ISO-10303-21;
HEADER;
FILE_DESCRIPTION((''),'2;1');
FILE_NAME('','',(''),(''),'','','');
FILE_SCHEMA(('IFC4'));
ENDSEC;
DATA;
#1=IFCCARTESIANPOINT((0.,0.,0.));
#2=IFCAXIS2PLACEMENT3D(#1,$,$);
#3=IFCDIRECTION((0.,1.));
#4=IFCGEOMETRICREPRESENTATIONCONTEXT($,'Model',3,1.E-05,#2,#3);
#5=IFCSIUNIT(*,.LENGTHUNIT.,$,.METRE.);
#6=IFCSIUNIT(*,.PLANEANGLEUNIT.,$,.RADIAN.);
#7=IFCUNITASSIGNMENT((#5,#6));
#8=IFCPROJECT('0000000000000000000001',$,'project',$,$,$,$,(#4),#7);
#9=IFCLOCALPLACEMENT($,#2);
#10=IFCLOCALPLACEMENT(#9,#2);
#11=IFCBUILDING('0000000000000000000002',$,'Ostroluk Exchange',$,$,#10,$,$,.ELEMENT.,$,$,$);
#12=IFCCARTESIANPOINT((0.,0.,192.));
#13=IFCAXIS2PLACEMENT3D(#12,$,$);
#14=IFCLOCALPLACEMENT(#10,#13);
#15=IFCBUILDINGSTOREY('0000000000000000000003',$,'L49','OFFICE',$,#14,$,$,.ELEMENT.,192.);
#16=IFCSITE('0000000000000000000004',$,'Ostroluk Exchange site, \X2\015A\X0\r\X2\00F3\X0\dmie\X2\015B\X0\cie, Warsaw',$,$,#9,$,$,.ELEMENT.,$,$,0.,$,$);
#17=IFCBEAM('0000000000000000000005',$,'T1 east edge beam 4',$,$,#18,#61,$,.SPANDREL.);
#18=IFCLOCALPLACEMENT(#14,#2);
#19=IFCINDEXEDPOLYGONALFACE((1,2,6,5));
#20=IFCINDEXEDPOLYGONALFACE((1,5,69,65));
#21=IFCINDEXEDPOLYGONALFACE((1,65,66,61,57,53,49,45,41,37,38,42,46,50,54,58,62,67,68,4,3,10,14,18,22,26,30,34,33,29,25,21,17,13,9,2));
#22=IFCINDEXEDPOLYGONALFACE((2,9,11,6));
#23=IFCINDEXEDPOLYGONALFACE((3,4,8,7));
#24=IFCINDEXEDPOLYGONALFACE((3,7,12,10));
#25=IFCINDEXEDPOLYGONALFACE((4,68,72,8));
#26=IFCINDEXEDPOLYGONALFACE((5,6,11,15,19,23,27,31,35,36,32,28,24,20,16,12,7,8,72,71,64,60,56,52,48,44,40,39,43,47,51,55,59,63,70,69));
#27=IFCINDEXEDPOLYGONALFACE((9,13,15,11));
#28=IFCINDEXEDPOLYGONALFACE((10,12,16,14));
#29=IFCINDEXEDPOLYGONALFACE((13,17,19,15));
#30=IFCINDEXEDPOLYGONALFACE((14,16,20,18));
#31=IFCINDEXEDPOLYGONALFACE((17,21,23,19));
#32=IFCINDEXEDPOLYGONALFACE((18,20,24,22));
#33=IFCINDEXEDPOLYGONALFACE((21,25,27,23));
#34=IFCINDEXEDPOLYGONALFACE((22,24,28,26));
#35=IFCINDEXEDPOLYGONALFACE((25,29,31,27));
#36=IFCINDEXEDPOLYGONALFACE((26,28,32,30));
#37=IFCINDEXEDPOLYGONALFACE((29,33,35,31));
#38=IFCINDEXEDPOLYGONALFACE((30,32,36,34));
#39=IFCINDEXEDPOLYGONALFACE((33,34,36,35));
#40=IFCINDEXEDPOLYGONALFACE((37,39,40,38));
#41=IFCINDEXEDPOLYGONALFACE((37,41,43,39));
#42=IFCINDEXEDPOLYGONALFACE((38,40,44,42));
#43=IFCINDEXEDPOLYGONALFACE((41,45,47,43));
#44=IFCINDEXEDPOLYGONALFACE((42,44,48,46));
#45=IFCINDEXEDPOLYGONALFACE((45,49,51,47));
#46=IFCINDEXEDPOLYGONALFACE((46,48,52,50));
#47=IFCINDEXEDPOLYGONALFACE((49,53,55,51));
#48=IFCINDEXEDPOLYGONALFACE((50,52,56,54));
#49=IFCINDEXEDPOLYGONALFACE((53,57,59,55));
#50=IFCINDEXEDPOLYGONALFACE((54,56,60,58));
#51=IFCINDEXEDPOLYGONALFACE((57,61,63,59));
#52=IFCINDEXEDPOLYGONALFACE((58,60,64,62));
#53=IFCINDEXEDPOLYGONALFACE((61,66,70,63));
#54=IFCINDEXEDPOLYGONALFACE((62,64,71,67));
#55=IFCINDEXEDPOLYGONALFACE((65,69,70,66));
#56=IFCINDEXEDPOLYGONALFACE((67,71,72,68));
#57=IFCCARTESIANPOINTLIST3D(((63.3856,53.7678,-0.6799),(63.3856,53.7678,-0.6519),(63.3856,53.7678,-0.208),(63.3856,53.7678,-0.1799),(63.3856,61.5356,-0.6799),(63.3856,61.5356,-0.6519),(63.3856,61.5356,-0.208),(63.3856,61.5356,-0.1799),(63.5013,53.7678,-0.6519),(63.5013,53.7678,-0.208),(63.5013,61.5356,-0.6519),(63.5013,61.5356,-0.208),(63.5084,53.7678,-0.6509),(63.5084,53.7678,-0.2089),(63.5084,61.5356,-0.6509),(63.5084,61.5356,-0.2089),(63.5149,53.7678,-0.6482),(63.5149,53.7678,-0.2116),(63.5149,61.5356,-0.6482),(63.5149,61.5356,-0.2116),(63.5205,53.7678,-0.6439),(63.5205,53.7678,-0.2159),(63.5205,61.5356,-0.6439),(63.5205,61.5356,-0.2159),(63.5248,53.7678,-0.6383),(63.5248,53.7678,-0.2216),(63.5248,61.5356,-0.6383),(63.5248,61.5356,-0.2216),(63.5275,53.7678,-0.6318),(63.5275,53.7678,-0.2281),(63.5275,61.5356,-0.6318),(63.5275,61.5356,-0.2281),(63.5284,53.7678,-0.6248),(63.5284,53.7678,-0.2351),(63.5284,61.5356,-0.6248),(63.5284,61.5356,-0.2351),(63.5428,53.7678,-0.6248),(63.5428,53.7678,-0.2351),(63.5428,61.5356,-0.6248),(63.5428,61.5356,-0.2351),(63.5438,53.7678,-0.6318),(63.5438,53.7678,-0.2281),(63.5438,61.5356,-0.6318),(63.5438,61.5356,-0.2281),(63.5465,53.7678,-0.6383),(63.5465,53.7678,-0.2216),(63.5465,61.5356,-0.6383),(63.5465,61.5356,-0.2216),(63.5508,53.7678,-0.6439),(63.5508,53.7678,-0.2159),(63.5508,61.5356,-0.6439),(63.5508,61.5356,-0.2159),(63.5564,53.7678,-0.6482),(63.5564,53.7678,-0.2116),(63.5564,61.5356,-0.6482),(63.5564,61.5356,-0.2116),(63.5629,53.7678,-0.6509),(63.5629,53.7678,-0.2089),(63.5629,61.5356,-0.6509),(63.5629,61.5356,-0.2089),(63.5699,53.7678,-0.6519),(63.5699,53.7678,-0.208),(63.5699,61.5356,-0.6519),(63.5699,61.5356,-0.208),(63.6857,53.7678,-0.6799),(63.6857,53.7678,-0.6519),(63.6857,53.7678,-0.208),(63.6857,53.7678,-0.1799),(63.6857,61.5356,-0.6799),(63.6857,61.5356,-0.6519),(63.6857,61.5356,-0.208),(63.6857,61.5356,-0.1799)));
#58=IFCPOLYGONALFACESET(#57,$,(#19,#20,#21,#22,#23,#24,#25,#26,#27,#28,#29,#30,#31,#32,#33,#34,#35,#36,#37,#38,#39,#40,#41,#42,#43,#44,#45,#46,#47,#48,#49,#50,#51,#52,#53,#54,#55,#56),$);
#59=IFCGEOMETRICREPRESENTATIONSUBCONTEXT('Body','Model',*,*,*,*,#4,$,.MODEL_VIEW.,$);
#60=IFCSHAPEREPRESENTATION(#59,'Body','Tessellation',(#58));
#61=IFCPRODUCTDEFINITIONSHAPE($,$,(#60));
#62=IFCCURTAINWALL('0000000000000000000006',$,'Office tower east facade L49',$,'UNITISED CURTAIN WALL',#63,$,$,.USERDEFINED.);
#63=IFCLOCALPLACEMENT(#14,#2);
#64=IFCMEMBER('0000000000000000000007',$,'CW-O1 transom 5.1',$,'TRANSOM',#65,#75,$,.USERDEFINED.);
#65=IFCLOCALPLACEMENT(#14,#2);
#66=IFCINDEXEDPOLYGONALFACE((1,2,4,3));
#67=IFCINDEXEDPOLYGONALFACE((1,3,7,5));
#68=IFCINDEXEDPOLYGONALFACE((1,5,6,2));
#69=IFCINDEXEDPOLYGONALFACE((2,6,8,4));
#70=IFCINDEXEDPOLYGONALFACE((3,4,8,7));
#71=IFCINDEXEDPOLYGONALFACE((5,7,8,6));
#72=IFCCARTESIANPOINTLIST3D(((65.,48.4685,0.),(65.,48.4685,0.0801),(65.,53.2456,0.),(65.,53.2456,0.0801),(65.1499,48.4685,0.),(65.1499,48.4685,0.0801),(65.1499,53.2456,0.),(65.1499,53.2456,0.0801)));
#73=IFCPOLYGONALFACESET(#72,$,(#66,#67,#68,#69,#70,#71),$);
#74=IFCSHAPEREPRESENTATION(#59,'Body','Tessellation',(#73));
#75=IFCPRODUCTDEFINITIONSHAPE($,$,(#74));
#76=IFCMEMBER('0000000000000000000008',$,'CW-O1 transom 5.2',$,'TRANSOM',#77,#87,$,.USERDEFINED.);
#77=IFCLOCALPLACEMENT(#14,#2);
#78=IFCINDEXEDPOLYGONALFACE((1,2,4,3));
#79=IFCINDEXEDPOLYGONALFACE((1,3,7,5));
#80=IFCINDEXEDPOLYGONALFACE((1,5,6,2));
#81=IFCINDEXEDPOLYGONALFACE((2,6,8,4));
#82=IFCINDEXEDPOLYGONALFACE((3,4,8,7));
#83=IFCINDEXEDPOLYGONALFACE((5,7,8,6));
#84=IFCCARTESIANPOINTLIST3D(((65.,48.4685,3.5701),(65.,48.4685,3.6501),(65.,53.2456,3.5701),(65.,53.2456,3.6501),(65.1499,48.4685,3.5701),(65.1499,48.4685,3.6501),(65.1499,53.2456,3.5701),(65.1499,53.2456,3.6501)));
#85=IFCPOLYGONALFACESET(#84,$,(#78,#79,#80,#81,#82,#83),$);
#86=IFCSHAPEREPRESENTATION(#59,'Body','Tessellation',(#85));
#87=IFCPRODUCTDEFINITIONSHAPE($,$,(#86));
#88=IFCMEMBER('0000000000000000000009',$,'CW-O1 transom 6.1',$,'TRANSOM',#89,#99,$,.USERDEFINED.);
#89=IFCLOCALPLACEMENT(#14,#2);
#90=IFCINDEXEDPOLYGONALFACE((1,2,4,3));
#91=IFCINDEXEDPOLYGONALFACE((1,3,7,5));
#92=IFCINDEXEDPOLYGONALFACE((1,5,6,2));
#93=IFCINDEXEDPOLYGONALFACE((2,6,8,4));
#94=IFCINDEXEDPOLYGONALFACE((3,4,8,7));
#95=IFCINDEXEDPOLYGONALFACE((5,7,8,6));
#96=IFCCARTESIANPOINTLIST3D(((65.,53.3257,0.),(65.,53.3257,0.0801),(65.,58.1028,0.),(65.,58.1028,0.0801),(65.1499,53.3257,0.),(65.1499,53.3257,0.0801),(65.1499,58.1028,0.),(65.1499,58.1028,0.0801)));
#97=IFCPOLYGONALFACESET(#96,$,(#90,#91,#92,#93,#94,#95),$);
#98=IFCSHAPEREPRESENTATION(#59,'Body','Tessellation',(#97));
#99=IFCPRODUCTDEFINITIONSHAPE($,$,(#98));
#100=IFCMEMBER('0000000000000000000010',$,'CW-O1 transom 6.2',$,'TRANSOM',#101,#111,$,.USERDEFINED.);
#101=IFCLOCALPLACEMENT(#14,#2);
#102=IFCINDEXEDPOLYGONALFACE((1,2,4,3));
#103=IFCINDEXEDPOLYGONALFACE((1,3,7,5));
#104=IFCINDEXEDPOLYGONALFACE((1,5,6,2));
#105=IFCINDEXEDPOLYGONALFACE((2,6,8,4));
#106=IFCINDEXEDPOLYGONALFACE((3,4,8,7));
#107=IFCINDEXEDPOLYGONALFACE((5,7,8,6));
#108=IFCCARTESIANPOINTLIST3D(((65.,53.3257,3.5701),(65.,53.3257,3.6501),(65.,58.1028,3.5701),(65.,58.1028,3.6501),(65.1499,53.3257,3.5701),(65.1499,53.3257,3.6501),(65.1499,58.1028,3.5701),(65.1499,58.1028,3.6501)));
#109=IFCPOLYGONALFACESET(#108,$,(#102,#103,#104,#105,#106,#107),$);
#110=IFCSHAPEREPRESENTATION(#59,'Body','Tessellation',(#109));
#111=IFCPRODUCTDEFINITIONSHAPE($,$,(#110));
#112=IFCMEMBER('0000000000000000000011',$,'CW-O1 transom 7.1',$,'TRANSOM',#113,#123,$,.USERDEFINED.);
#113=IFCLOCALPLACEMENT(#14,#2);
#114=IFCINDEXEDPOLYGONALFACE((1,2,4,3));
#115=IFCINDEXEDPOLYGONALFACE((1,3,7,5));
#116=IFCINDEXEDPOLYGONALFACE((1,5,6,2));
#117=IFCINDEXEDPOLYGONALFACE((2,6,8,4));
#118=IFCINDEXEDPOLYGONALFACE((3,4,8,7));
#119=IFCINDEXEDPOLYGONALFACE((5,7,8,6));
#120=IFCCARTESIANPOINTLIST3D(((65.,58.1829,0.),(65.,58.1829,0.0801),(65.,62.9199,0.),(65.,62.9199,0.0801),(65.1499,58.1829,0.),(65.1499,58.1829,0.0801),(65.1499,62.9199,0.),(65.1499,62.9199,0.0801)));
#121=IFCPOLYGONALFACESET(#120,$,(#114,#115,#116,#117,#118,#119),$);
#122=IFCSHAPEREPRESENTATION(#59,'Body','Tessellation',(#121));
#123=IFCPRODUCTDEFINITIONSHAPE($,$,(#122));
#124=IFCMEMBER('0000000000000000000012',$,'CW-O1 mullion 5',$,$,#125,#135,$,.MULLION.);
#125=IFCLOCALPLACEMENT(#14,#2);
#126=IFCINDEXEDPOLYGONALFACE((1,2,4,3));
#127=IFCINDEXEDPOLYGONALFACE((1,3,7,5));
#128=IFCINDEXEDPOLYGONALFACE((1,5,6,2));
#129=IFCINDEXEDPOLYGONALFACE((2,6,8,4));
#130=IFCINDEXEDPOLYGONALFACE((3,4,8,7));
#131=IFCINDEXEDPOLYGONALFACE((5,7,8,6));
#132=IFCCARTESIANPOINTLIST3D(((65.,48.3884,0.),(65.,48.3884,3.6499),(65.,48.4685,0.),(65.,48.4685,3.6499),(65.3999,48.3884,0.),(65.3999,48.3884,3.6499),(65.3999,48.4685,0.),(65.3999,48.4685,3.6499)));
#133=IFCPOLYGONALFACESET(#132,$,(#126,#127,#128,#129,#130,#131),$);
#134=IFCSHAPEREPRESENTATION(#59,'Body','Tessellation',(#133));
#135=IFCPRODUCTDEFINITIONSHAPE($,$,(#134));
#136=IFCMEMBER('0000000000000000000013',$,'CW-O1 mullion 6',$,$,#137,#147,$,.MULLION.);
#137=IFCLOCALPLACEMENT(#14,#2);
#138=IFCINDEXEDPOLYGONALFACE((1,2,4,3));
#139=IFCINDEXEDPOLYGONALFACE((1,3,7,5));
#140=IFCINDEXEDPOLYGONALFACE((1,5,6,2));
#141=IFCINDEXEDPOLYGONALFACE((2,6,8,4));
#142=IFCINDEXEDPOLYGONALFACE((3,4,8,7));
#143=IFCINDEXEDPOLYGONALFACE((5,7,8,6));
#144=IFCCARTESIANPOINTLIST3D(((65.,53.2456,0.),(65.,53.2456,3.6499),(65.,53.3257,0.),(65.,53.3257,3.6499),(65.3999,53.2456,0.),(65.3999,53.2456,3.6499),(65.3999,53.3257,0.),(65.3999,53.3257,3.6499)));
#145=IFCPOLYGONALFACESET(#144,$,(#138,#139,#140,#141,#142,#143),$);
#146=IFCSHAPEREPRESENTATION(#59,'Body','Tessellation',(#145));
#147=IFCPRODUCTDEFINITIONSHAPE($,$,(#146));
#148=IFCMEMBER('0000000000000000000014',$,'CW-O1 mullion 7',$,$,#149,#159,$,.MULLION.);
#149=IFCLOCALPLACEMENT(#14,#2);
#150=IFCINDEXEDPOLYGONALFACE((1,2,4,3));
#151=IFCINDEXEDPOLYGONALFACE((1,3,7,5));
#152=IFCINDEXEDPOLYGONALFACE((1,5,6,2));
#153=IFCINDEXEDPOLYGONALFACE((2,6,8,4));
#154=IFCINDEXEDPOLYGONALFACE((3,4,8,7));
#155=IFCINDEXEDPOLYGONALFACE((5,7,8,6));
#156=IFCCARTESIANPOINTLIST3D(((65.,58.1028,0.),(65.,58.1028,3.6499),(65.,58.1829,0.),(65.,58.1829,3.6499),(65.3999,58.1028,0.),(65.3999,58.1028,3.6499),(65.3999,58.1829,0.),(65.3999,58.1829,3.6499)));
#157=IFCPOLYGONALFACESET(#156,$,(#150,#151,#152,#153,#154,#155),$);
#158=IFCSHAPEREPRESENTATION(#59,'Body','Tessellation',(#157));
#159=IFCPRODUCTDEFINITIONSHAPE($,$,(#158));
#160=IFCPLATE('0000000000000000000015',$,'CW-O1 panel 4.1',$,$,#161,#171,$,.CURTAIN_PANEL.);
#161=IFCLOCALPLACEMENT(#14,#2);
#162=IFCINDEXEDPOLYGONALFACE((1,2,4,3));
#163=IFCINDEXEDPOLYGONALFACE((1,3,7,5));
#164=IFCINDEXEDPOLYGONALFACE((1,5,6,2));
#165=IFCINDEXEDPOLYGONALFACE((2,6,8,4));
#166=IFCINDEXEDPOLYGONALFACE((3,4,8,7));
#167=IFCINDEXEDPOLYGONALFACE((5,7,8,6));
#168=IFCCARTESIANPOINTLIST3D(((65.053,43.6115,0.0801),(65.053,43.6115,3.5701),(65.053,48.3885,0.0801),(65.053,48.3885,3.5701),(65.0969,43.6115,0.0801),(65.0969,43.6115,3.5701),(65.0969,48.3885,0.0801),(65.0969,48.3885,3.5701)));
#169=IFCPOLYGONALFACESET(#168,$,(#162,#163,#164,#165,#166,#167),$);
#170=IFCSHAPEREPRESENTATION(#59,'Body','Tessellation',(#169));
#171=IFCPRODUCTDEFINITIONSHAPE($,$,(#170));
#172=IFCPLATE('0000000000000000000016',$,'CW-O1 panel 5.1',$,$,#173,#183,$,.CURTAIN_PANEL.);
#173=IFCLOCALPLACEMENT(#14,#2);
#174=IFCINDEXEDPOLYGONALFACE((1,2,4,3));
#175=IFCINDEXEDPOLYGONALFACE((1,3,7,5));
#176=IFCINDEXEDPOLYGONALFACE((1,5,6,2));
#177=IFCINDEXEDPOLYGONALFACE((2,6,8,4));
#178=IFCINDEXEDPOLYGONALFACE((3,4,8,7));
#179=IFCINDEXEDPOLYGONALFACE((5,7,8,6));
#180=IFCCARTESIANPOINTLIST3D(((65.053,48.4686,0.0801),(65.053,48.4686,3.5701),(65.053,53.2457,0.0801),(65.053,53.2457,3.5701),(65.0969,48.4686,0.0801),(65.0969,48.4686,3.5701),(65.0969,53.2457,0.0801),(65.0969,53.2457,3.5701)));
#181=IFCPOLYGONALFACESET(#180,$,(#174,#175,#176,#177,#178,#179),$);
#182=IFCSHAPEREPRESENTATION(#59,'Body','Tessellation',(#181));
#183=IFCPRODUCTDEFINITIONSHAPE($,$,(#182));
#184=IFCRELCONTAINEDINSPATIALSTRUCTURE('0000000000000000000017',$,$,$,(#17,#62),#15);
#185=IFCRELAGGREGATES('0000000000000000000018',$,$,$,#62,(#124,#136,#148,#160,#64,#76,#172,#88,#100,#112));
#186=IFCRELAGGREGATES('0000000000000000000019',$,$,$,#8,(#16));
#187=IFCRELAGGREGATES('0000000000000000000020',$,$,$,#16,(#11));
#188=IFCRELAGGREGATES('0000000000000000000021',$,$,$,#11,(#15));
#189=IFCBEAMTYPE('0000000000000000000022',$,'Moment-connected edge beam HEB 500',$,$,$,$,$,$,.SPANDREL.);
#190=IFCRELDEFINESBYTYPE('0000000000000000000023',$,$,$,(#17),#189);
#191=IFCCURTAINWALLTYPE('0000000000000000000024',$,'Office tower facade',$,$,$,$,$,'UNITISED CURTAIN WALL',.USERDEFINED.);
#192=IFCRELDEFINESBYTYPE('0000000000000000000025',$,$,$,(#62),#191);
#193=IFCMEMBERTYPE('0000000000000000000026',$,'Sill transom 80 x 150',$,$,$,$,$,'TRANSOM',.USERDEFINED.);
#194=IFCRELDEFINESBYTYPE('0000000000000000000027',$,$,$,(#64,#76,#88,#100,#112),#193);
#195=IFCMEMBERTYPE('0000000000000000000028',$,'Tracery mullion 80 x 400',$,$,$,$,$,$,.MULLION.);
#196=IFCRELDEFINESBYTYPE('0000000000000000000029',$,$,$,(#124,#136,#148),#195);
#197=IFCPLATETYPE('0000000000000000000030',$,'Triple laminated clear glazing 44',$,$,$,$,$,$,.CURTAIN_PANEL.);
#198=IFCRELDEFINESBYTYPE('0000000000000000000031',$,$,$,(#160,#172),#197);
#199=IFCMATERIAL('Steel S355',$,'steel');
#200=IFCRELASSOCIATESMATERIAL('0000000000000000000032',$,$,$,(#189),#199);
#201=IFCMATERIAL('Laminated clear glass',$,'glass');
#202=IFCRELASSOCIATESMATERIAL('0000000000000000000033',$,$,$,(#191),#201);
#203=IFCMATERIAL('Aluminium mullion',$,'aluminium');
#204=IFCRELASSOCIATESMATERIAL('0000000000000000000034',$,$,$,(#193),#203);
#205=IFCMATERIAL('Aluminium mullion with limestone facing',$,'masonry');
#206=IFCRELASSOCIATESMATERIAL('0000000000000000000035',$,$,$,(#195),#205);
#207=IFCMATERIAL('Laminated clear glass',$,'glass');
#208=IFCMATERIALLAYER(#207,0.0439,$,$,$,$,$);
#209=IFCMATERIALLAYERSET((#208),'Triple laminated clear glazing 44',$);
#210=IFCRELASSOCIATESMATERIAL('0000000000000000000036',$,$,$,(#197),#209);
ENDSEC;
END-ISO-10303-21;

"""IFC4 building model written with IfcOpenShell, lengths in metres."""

from ifc_helpers import new_model, si_unit, direction, frame, origin, origin_2d, place, context, subcontext, project, spatial, rectangle, i_section, extrude, material, layer, layer_set, material_profile, profile_set, type_object, element, aggregate, save


model = new_model("IFC4")

# Units and contexts
model_context = context("Model", 3, precision=1e-05, world=origin(), true_north=direction((0.0, 1.0)))
body_context = subcontext(model_context, "Body", "Model", "MODEL_VIEW")
ifc_project = project(units=[si_unit("LENGTHUNIT", "METRE"), si_unit("PLANEANGLEUNIT", "RADIAN")], contexts=[model_context])

# Site, building, storey
site_placement = place(None, origin())
site = spatial("IfcSite", under=ifc_project, at=site_placement, Name="Ostroluk Exchange site, Śródmieście, Warsaw", CompositionType="ELEMENT", RefElevation=0.0)
building_placement = place(site_placement, origin())
building = spatial("IfcBuilding", under=site, at=building_placement, Name="Ostroluk Exchange", CompositionType="ELEMENT")
storey_placement = place(building_placement, frame((0.0, 0.0, 192.0)))
storey = spatial("IfcBuildingStorey", under=building, at=storey_placement, Name="L49", Description="OFFICE", CompositionType="ELEMENT", Elevation=192.0)

# Beam
ifc_material_1 = material(Name="Steel S355", Category="steel")
ifc_material_profile_1 = material_profile(ifc_material_1, i_section(OverallWidth=0.3, OverallDepth=0.5, WebThickness=0.0144, FlangeThickness=0.0281, FilletRadius=0.0271, at=origin_2d()), Name="HEB 500")
ifc_profile_set_1 = profile_set([ifc_material_profile_1], Name="Steel S355")
beam_type = type_object("IfcBeamType", Name="Moment-connected edge beam HEB 500", PredefinedType="SPANDREL", material=ifc_profile_set_1)
for number, where, z_axis, x_axis, name in (
    (1, (63.5356, 53.7678, -0.4299), (0.0, 1.0, 0.0), (-1.0, 0.0, 0.0), "T1 east edge beam 4"),
):
    element("IfcBeam", number, at=place(storey_placement, frame(where, z_axis=z_axis, x_axis=x_axis)), inside=storey, type_object=beam_type, Name=name, PredefinedType="SPANDREL", context=body_context, shape_type="SweptSolid", body=[
        extrude(i_section(OverallWidth=0.3, OverallDepth=0.5, WebThickness=0.0144, FlangeThickness=0.0281, FilletRadius=0.0271, at=origin_2d()), origin(), (0.0, 0.0, 1.0), 7.7678),
    ])

# Curtain wall, members, plates
ifc_material_2 = material(Name="Laminated clear glass", Category="glass")
curtain_wall_type = type_object("IfcCurtainWallType", Name="Office tower facade", ElementType="UNITISED CURTAIN WALL", PredefinedType="USERDEFINED", material=ifc_material_2)
curtain_wall_placement = place(storey_placement, origin())
curtain_wall = element("IfcCurtainWall", 2, at=curtain_wall_placement, inside=storey, type_object=curtain_wall_type, Name="Office tower east facade L49", ObjectType="UNITISED CURTAIN WALL", PredefinedType="USERDEFINED")
ifc_material_3 = material(Name="Aluminium mullion", Category="aluminium")
ifc_material_profile_2 = material_profile(ifc_material_3, rectangle(XDim=0.1499, YDim=0.0801, at=origin_2d()), Name="Sill transom 80 x 150")
ifc_profile_set_2 = profile_set([ifc_material_profile_2], Name="Aluminium mullion")
member_type_1 = type_object("IfcMemberType", Name="Sill transom 80 x 150", ElementType="TRANSOM", PredefinedType="USERDEFINED", material=ifc_profile_set_2)
member_1_placement = place(storey_placement, frame((65.075, 48.4685, 0.04), z_axis=(0.0, 1.0, 0.0), x_axis=(-1.0, 0.0, 0.0)))
member_1 = element("IfcMember", 3, at=member_1_placement, type_object=member_type_1, Name="CW-O1 transom 5.1", ObjectType="TRANSOM", PredefinedType="USERDEFINED", context=body_context, shape_type="SweptSolid", body=[
    extrude(rectangle(XDim=0.1499, YDim=0.0801, at=origin_2d()), origin(), (0.0, 0.0, 1.0), 4.7771),
])
member_2_placement = place(storey_placement, frame((65.075, 48.4685, 3.6101), z_axis=(0.0, 1.0, 0.0), x_axis=(-1.0, 0.0, 0.0)))
member_2 = element("IfcMember", 4, at=member_2_placement, type_object=member_type_1, Name="CW-O1 transom 5.2", ObjectType="TRANSOM", PredefinedType="USERDEFINED", context=body_context, shape_type="SweptSolid", body=[
    extrude(rectangle(XDim=0.1499, YDim=0.0801, at=origin_2d()), origin(), (0.0, 0.0, 1.0), 4.7771),
])
member_3_placement = place(storey_placement, frame((65.075, 53.3257, 0.04), z_axis=(0.0, 1.0, 0.0), x_axis=(-1.0, 0.0, 0.0)))
member_3 = element("IfcMember", 5, at=member_3_placement, type_object=member_type_1, Name="CW-O1 transom 6.1", ObjectType="TRANSOM", PredefinedType="USERDEFINED", context=body_context, shape_type="SweptSolid", body=[
    extrude(rectangle(XDim=0.1499, YDim=0.0801, at=origin_2d()), origin(), (0.0, 0.0, 1.0), 4.7771),
])
member_4_placement = place(storey_placement, frame((65.075, 53.3257, 3.6101), z_axis=(0.0, 1.0, 0.0), x_axis=(-1.0, 0.0, 0.0)))
member_4 = element("IfcMember", 6, at=member_4_placement, type_object=member_type_1, Name="CW-O1 transom 6.2", ObjectType="TRANSOM", PredefinedType="USERDEFINED", context=body_context, shape_type="SweptSolid", body=[
    extrude(rectangle(XDim=0.1499, YDim=0.0801, at=origin_2d()), origin(), (0.0, 0.0, 1.0), 4.7771),
])
member_5_placement = place(storey_placement, frame((65.075, 58.1829, 0.04), z_axis=(0.0, 1.0, 0.0), x_axis=(-1.0, 0.0, 0.0)))
member_5 = element("IfcMember", 7, at=member_5_placement, type_object=member_type_1, Name="CW-O1 transom 7.1", ObjectType="TRANSOM", PredefinedType="USERDEFINED", context=body_context, shape_type="SweptSolid", body=[
    extrude(rectangle(XDim=0.1499, YDim=0.0801, at=origin_2d()), origin(), (0.0, 0.0, 1.0), 4.7371),
])
ifc_material_4 = material(Name="Aluminium mullion with limestone facing", Category="masonry")
ifc_material_profile_3 = material_profile(ifc_material_4, rectangle(XDim=0.3999, YDim=0.0801, at=origin_2d()), Name="Tracery mullion 80 x 400")
ifc_profile_set_3 = profile_set([ifc_material_profile_3], Name="Aluminium mullion with limestone facing")
member_type_2 = type_object("IfcMemberType", Name="Tracery mullion 80 x 400", PredefinedType="MULLION", material=ifc_profile_set_3)
member_6_placement = place(storey_placement, frame((65.2, 48.4285, 0.0), z_axis=(0.0, 0.0, 1.0), x_axis=(-1.0, 0.0, 0.0)))
member_6 = element("IfcMember", 8, at=member_6_placement, type_object=member_type_2, Name="CW-O1 mullion 5", PredefinedType="MULLION", context=body_context, shape_type="SweptSolid", body=[
    extrude(rectangle(XDim=0.3999, YDim=0.0801, at=origin_2d()), origin(), (0.0, 0.0, 1.0), 3.6499),
])
member_7_placement = place(storey_placement, frame((65.2, 53.2856, 0.0), z_axis=(0.0, 0.0, 1.0), x_axis=(-1.0, 0.0, 0.0)))
member_7 = element("IfcMember", 9, at=member_7_placement, type_object=member_type_2, Name="CW-O1 mullion 6", PredefinedType="MULLION", context=body_context, shape_type="SweptSolid", body=[
    extrude(rectangle(XDim=0.3999, YDim=0.0801, at=origin_2d()), origin(), (0.0, 0.0, 1.0), 3.6499),
])
member_8_placement = place(storey_placement, frame((65.2, 58.1428, 0.0), z_axis=(0.0, 0.0, 1.0), x_axis=(-1.0, 0.0, 0.0)))
member_8 = element("IfcMember", 10, at=member_8_placement, type_object=member_type_2, Name="CW-O1 mullion 7", PredefinedType="MULLION", context=body_context, shape_type="SweptSolid", body=[
    extrude(rectangle(XDim=0.3999, YDim=0.0801, at=origin_2d()), origin(), (0.0, 0.0, 1.0), 3.6499),
])
ifc_material_5 = material(Name="Laminated clear glass", Category="glass")
ifc_layer_1 = layer(ifc_material_5, 0.0439)
ifc_layer_set_1 = layer_set([ifc_layer_1], Name="Triple laminated clear glazing 44")
plate_type = type_object("IfcPlateType", Name="Triple laminated clear glazing 44", PredefinedType="CURTAIN_PANEL", material=ifc_layer_set_1)
plate_1_placement = place(storey_placement, frame((65.075, 46.0, 0.0801), z_axis=(0.0, 0.0, 1.0), x_axis=(0.0, 1.0, 0.0)))
plate_1 = element("IfcPlate", 11, at=plate_1_placement, type_object=plate_type, Name="CW-O1 panel 4.1", PredefinedType="CURTAIN_PANEL", context=body_context, shape_type="SweptSolid", body=[
    extrude(rectangle(XDim=4.7771, YDim=0.0439, at=origin_2d()), origin(), (0.0, 0.0, 1.0), 3.49),
])
plate_2_placement = place(storey_placement, frame((65.075, 50.8572, 0.0801), z_axis=(0.0, 0.0, 1.0), x_axis=(0.0, 1.0, 0.0)))
plate_2 = element("IfcPlate", 12, at=plate_2_placement, type_object=plate_type, Name="CW-O1 panel 5.1", PredefinedType="CURTAIN_PANEL", context=body_context, shape_type="SweptSolid", body=[
    extrude(rectangle(XDim=4.7771, YDim=0.0439, at=origin_2d()), origin(), (0.0, 0.0, 1.0), 3.49),
])
aggregate(curtain_wall, [member_6, member_7, member_8, plate_1, member_1, member_2, plate_2, member_3, member_4, member_5])

save(model, "model.ifc")
